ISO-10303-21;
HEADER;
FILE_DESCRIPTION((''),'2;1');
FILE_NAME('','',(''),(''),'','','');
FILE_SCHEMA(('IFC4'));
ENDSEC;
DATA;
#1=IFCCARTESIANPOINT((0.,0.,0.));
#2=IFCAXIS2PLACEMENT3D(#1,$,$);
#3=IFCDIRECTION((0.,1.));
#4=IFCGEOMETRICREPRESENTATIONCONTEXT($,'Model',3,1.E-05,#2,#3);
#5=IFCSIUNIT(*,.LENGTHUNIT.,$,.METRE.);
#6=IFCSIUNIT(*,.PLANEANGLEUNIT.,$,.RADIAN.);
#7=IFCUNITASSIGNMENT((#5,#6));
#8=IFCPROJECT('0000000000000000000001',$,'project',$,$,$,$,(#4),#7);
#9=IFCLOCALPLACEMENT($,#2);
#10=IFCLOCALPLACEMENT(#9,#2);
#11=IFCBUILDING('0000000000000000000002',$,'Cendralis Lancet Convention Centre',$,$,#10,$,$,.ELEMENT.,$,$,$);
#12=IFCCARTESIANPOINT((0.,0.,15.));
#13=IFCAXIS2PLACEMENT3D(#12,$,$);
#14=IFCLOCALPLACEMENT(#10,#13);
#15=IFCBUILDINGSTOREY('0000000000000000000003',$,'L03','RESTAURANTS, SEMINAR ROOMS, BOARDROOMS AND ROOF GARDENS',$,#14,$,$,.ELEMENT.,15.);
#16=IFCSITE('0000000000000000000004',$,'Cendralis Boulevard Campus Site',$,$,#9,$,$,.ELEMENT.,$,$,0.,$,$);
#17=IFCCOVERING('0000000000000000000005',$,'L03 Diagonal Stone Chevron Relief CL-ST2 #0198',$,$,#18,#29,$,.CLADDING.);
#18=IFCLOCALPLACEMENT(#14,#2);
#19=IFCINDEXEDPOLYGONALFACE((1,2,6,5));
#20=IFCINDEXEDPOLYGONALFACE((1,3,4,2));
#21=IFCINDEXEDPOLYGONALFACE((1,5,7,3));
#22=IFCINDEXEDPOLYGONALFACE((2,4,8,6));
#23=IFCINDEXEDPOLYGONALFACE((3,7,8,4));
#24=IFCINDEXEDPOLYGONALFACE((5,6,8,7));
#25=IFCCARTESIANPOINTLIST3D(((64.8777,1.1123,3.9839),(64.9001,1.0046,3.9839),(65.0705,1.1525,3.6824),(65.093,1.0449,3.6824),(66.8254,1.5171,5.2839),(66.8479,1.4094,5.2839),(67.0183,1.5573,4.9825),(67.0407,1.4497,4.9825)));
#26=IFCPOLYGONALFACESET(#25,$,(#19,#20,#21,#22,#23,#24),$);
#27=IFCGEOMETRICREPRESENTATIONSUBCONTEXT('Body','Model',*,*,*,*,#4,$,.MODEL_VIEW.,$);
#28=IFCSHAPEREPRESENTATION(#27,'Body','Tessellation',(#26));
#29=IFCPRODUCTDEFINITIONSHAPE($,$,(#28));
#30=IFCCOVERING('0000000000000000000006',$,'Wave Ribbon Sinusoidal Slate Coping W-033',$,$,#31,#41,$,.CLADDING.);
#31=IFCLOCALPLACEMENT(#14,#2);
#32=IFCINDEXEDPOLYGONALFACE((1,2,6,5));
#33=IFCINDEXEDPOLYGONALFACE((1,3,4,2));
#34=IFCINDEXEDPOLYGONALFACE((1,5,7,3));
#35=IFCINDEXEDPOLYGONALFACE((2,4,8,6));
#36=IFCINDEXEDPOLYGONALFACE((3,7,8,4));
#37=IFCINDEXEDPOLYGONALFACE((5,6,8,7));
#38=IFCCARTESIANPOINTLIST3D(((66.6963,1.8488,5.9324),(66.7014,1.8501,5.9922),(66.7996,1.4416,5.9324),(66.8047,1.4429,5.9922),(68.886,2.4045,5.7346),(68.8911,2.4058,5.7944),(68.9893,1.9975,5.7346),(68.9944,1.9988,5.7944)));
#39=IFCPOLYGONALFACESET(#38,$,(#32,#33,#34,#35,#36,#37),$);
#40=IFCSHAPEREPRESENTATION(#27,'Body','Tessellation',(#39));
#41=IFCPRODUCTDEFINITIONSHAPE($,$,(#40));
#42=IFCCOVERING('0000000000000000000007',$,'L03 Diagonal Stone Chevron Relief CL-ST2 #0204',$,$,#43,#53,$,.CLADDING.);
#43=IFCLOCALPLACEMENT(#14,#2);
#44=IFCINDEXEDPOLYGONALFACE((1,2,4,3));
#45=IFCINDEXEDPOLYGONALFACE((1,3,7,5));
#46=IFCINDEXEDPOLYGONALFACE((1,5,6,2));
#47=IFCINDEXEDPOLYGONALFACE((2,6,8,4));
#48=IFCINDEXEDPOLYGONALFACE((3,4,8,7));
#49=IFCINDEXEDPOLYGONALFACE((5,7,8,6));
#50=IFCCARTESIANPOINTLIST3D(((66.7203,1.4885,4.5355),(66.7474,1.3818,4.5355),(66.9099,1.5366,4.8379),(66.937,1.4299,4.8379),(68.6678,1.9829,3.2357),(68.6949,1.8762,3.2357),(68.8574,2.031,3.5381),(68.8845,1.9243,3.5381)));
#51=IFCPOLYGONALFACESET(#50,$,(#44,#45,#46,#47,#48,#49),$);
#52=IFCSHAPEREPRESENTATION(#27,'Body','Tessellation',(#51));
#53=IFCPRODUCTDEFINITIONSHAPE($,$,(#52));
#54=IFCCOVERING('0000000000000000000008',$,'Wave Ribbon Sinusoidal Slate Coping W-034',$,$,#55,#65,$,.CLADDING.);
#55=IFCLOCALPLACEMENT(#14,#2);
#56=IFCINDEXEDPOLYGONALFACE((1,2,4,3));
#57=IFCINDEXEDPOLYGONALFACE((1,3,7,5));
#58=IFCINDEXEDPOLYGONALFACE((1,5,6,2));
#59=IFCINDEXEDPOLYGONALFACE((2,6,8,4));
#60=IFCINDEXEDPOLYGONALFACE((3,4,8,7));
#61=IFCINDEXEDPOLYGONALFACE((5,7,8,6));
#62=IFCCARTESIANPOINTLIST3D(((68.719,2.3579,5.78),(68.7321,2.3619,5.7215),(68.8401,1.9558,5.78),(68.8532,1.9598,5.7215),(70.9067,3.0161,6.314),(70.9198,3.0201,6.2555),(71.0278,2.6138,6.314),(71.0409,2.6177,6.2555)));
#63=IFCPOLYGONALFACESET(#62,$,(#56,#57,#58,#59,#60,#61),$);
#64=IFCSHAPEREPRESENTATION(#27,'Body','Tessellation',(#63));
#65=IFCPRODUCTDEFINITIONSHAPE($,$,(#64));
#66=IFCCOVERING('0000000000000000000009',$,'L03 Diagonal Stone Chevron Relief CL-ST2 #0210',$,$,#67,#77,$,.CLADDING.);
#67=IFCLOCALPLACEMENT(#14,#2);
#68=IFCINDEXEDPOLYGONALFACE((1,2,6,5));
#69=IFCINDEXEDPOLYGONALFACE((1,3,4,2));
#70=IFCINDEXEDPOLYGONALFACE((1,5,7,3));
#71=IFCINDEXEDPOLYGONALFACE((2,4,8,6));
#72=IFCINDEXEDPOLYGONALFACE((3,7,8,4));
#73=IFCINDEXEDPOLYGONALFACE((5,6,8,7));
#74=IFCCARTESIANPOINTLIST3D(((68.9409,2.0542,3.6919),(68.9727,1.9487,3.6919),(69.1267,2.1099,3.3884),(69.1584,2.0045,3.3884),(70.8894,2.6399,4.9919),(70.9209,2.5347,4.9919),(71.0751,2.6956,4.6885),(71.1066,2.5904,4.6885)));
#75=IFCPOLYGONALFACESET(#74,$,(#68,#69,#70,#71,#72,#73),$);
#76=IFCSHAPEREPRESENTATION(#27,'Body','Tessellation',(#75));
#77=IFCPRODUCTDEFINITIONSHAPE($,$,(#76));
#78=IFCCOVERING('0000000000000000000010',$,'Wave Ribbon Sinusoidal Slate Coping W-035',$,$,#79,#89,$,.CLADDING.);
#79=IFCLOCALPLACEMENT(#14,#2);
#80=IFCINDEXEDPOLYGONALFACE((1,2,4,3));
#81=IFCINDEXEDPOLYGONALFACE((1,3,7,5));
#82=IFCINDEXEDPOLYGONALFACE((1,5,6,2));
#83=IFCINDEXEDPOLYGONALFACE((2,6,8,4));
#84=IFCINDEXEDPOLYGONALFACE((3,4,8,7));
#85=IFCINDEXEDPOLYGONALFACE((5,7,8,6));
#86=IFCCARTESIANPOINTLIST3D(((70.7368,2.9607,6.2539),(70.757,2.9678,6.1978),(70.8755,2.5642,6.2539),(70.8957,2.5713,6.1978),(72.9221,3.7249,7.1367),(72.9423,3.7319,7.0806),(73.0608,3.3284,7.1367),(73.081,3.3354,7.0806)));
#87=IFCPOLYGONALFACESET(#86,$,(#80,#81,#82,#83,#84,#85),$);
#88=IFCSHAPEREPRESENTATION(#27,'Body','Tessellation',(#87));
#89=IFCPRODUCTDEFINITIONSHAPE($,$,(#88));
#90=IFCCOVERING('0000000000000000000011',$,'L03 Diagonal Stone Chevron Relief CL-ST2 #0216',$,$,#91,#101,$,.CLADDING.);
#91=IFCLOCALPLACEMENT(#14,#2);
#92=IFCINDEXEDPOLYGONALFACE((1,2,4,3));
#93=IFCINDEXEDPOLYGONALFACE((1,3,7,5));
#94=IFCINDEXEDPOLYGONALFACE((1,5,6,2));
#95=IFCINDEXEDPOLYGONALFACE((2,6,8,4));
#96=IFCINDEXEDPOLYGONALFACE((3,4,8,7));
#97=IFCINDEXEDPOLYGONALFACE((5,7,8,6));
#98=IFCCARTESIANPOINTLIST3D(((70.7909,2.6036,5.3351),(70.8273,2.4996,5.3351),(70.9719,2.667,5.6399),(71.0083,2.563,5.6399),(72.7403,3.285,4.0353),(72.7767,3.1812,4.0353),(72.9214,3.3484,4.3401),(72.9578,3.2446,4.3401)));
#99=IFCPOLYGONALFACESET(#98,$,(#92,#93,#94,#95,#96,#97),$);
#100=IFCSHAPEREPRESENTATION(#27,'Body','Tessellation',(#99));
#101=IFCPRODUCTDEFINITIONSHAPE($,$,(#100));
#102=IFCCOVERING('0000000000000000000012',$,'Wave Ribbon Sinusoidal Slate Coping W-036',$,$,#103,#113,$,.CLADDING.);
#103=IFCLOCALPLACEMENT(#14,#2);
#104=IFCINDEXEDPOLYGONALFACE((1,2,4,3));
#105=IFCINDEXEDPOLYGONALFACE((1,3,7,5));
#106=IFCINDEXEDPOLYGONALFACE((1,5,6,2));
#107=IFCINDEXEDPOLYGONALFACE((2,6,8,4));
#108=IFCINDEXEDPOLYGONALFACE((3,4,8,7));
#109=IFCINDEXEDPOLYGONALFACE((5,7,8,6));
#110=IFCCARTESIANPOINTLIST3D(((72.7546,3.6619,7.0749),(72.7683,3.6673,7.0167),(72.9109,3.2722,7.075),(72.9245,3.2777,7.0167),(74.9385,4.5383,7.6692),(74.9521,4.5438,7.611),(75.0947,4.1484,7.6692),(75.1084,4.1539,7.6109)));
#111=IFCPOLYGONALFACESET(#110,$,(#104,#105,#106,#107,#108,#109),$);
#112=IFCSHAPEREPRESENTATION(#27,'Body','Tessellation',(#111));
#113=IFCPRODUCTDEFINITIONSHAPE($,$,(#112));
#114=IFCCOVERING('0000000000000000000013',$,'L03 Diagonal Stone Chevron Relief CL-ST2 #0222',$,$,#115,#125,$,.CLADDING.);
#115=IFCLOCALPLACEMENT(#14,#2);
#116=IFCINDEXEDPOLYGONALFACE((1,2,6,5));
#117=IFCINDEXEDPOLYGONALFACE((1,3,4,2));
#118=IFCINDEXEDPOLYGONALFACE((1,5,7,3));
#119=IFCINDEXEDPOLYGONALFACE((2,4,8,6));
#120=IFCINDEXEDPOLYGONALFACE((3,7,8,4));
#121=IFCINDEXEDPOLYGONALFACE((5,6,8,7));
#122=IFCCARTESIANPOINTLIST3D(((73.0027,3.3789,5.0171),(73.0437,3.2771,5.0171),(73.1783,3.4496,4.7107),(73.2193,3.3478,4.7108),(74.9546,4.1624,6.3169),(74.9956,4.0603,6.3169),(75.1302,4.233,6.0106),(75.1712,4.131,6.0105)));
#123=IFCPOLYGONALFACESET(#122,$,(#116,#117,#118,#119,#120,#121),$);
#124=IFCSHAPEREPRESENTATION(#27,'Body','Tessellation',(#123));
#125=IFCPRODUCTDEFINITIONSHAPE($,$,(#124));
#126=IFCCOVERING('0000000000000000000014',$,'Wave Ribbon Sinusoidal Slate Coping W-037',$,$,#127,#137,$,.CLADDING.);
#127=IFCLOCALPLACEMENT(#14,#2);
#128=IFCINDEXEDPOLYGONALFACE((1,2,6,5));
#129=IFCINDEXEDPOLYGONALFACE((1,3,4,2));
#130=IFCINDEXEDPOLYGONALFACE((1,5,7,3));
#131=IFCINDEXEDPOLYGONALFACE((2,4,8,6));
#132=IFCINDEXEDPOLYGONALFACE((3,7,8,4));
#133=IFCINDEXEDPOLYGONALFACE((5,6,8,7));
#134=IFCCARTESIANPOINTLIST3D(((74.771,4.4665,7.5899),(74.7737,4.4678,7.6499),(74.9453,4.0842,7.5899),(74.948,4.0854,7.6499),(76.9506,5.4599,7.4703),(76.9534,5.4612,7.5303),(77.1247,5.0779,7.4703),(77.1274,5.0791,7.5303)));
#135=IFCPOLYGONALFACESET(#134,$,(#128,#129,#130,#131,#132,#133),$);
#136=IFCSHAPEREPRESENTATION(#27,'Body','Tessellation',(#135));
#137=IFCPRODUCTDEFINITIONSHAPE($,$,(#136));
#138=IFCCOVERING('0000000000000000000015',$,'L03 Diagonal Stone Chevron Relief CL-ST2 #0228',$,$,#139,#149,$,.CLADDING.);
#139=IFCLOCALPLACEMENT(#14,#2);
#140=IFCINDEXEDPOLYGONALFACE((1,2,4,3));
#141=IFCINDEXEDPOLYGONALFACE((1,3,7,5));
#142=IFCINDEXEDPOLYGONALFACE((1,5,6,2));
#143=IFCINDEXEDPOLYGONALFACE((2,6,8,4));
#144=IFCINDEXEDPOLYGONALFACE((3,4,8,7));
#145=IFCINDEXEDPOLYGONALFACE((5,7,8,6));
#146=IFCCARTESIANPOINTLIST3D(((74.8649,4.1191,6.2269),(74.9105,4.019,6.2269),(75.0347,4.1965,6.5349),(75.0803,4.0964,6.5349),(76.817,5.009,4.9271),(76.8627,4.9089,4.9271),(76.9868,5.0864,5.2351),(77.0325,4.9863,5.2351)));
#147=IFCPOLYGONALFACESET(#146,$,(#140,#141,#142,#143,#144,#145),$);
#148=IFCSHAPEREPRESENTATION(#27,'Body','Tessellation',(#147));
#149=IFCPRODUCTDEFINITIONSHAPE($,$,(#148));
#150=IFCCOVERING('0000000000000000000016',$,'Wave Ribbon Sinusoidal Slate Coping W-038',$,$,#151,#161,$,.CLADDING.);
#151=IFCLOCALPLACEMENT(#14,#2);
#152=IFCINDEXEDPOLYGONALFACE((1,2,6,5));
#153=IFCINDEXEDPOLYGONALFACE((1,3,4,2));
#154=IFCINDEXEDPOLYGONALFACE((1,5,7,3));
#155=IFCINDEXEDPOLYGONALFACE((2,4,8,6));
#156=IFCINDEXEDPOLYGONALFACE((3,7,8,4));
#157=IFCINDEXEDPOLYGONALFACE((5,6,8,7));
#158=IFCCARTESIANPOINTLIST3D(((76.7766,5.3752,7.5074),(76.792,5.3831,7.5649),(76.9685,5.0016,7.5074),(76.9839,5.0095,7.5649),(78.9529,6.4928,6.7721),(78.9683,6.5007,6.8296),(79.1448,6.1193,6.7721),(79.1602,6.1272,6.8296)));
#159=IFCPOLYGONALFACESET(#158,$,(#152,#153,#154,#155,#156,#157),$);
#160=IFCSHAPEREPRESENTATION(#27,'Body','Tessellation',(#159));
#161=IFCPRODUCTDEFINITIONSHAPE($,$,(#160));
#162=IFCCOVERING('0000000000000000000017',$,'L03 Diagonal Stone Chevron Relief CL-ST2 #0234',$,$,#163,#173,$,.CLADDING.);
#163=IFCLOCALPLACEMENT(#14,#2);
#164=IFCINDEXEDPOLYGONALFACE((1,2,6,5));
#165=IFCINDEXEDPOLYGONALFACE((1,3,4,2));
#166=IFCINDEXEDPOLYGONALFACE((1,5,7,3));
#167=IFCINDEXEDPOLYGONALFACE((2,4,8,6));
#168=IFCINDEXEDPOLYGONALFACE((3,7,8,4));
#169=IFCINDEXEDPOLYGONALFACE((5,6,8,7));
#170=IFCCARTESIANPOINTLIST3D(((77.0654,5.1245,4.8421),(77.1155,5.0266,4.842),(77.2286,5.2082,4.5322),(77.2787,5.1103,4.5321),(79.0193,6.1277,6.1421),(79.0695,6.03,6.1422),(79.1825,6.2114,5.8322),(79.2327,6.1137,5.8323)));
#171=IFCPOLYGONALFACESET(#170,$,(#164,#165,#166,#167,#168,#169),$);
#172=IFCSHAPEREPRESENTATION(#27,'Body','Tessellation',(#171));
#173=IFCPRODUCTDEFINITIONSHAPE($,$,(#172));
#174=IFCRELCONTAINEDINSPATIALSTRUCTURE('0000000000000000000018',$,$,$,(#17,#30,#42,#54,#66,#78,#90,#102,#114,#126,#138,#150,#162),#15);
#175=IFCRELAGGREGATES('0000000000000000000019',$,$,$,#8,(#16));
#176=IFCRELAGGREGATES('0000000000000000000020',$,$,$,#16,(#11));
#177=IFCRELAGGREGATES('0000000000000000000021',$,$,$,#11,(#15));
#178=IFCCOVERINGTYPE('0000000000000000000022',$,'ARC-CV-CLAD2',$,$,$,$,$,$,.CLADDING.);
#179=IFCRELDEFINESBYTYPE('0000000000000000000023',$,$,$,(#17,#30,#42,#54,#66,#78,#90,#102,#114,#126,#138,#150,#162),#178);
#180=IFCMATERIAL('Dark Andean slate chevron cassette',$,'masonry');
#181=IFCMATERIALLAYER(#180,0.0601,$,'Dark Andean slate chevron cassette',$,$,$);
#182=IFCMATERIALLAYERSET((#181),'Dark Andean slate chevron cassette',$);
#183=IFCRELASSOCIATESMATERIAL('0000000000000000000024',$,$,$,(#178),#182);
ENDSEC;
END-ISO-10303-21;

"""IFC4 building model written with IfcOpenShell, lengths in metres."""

from ifc_helpers import new_model, si_unit, direction, frame, origin, place, context, subcontext, project, spatial, polyline, outline, extrude, material, layer, layer_set, type_object, element, save


model = new_model("IFC4")

# Units and contexts
model_context = context("Model", 3, precision=1e-05, world=origin(), true_north=direction((0.0, 1.0)))
body_context = subcontext(model_context, "Body", "Model", "MODEL_VIEW")
ifc_project = project(units=[si_unit("LENGTHUNIT", "METRE"), si_unit("PLANEANGLEUNIT", "RADIAN")], contexts=[model_context])

# Site, building, storey
site_placement = place(None, origin())
site = spatial("IfcSite", under=ifc_project, at=site_placement, Name="Cendralis Boulevard Campus Site", CompositionType="ELEMENT", RefElevation=0.0)
building_placement = place(site_placement, origin())
building = spatial("IfcBuilding", under=site, at=building_placement, Name="Cendralis Lancet Convention Centre", CompositionType="ELEMENT")
storey_placement = place(building_placement, frame((0.0, 0.0, 15.0)))
storey = spatial("IfcBuildingStorey", under=building, at=storey_placement, Name="L03", Description="RESTAURANTS, SEMINAR ROOMS, BOARDROOMS AND ROOF GARDENS", CompositionType="ELEMENT", Elevation=15.0)

# Shared definitions
ifc_material_1 = material(Name="Dark Andean slate chevron cassette", Category="masonry")

# Coverings
ifc_layer_1 = layer(ifc_material_1, 0.0601, Name="Dark Andean slate chevron cassette")
ifc_layer_set_1 = layer_set([ifc_layer_1], Name="Dark Andean slate chevron cassette")
covering_type_1 = type_object("IfcCoveringType", Name="ARC-CV-CLAD2", PredefinedType="CLADDING", material=ifc_layer_set_1)
covering_1_placement = place(storey_placement, frame((64.9001, 1.0046, 3.9839), z_axis=(-0.535516, -0.111718, 0.837103), x_axis=(0.819591, 0.170329, 0.547045)))
element("IfcCovering", 1, at=covering_1_placement, inside=storey, type_object=covering_type_1, Name="L03 Diagonal Stone Chevron Relief CL-ST2 #0198", PredefinedType="CLADDING", context=body_context, shape_type="SweptSolid", body=[
    extrude(outline(polyline([(0.0, 0.0), (2.3765, 0.0), (2.3764, 0.11), (-0.0001, 0.11), (0.0, 0.0)])), origin(), (0.0, 0.0, -1.0), 0.3601),
])
covering_2_placement = place(storey_placement, frame((66.8047, 1.4429, 5.9922), z_axis=(0.084525, 0.021442, 0.996191), x_axis=(0.96556, 0.245131, -0.087202)))
element("IfcCovering", 2, at=covering_2_placement, inside=storey, type_object=covering_type_1, Name="Wave Ribbon Sinusoidal Slate Coping W-033", PredefinedType="CLADDING", context=body_context, shape_type="SweptSolid", body=[
    extrude(outline(polyline([(0.0, 0.0), (2.2678, 0.0), (2.2678, 0.4199), (0.0001, 0.4201), (0.0, 0.0)])), origin(), (0.0, 0.0, -1.0), 0.0601),
])
covering_3_placement = place(storey_placement, frame((66.937, 1.4299, 4.8379), z_axis=(0.52644, 0.133718, 0.839631), x_axis=(0.813818, 0.206592, -0.543157)))
element("IfcCovering", 3, at=covering_3_placement, inside=storey, type_object=covering_type_1, Name="L03 Diagonal Stone Chevron Relief CL-ST2 #0204", PredefinedType="CLADDING", context=body_context, shape_type="SweptSolid", body=[
    extrude(outline(polyline([(0.0, 0.0), (2.3931, 0.0), (2.393, 0.1101), (0.0, 0.1101), (0.0, 0.0)])), origin(), (0.0, 0.0, -1.0), 0.3601),
])
covering_4_placement = place(storey_placement, frame((68.8401, 1.9558, 5.78), z_axis=(-0.217919, -0.065607, 0.973759), x_axis=(0.9325, 0.280447, 0.22758)))
element("IfcCovering", 4, at=covering_4_placement, inside=storey, type_object=covering_type_1, Name="Wave Ribbon Sinusoidal Slate Coping W-034", PredefinedType="CLADDING", context=body_context, shape_type="SweptSolid", body=[
    extrude(outline(polyline([(0.0, 0.0), (2.3461, 0.0), (2.346, 0.4202), (-0.0002, 0.4199), (0.0, 0.0)])), origin(), (0.0, 0.0, -1.0), 0.0601),
])
covering_5_placement = place(storey_placement, frame((68.9727, 1.9487, 3.6919), z_axis=(-0.515727, -0.154778, 0.842656), x_axis=(0.806951, 0.242692, 0.538452)))
element("IfcCovering", 5, at=covering_5_placement, inside=storey, type_object=covering_type_1, Name="L03 Diagonal Stone Chevron Relief CL-ST2 #0210", PredefinedType="CLADDING", context=body_context, shape_type="SweptSolid", body=[
    extrude(outline(polyline([(0.0, 0.0), (2.4144, 0.0), (2.4145, 0.1098), (0.0, 0.1101), (0.0, 0.0)])), origin(), (0.0, 0.0, -1.0), 0.3601),
])
covering_6_placement = place(storey_placement, frame((70.8755, 2.5642, 6.2539), z_axis=(-0.33633, -0.117633, 0.934369), x_axis=(0.881999, 0.308419, 0.356308)))
element("IfcCovering", 6, at=covering_6_placement, inside=storey, type_object=covering_type_1, Name="Wave Ribbon Sinusoidal Slate Coping W-035", PredefinedType="CLADDING", context=body_context, shape_type="SweptSolid", body=[
    extrude(outline(polyline([(0.0, 0.0), (2.4777, 0.0), (2.4776, 0.42), (0.0, 0.42), (0.0, 0.0)])), origin(), (0.0, 0.0, -1.0), 0.0601),
])
covering_7_placement = place(storey_placement, frame((71.0083, 2.563, 5.6399), z_axis=(0.50274, 0.176048, 0.846321), x_axis=(0.798893, 0.279338, -0.532673)))
element("IfcCovering", 7, at=covering_7_placement, inside=storey, type_object=covering_type_1, Name="L03 Diagonal Stone Chevron Relief CL-ST2 #0216", PredefinedType="CLADDING", context=body_context, shape_type="SweptSolid", body=[
    extrude(outline(polyline([(0.0, 0.0), (2.4402, 0.0), (2.4401, 0.11), (0.0, 0.1102), (0.0, 0.0)])), origin(), (0.0, 0.0, -1.0), 0.3601),
])
covering_8_placement = place(storey_placement, frame((72.9109, 3.2722, 7.075), z_axis=(-0.227266, -0.091106, 0.969562), x_axis=(0.899833, 0.36104, 0.244847)))
element("IfcCovering", 8, at=covering_8_placement, inside=storey, type_object=covering_type_1, Name="Wave Ribbon Sinusoidal Slate Coping W-036", PredefinedType="CLADDING", context=body_context, shape_type="SweptSolid", body=[
    extrude(outline(polyline([(0.0, 0.0), (2.4269, 0.0), (2.4271, 0.42), (0.0001, 0.4198), (0.0, 0.0)])), origin(), (0.0, 0.0, -1.0), 0.0601),
])
covering_9_placement = place(storey_placement, frame((73.0437, 3.2771, 5.0171), z_axis=(-0.48771, -0.196252, 0.850661), x_axis=(0.789478, 0.316779, 0.525715)))
element("IfcCovering", 9, at=covering_9_placement, inside=storey, type_object=covering_type_1, Name="L03 Diagonal Stone Chevron Relief CL-ST2 #0222", PredefinedType="CLADDING", context=body_context, shape_type="SweptSolid", body=[
    extrude(outline(polyline([(0.0, 0.0), (2.4724, 0.0), (2.4724, 0.11), (-0.0001, 0.1098), (0.0, 0.0)])), origin(), (0.0, 0.0, -1.0), 0.3601),
])
covering_10_placement = place(storey_placement, frame((74.948, 4.0854, 7.6499), z_axis=(0.045389, 0.020687, 0.998755), x_axis=(0.908762, 0.414323, -0.04988)))
element("IfcCovering", 10, at=covering_10_placement, inside=storey, type_object=covering_type_1, Name="Wave Ribbon Sinusoidal Slate Coping W-037", PredefinedType="CLADDING", context=body_context, shape_type="SweptSolid", body=[
    extrude(outline(polyline([(0.0, 0.0), (2.3983, 0.0), (2.3984, 0.4199), (0.0, 0.4202), (0.0, 0.0)])), origin(), (0.0, 0.0, -1.0), 0.0601),
])
covering_11_placement = place(storey_placement, frame((75.0803, 4.0964, 6.5349), z_axis=(0.47145, 0.215027, 0.855276), x_axis=(0.778231, 0.354759, -0.518172)))
element("IfcCovering", 11, at=covering_11_placement, inside=storey, type_object=covering_type_1, Name="L03 Diagonal Stone Chevron Relief CL-ST2 #0228", PredefinedType="CLADDING", context=body_context, shape_type="SweptSolid", body=[
    extrude(outline(polyline([(0.0, 0.0), (2.5084, 0.0), (2.5084, 0.11), (0.0, 0.11), (0.0, 0.0)])), origin(), (0.0, 0.0, -1.0), 0.3601),
])
covering_12_placement = place(storey_placement, frame((76.9839, 5.0095, 7.5649), z_axis=(0.256041, 0.131535, 0.957675), x_axis=(0.851895, 0.437511, -0.287851)))
element("IfcCovering", 12, at=covering_12_placement, inside=storey, type_object=covering_type_1, Name="Wave Ribbon Sinusoidal Slate Coping W-038", PredefinedType="CLADDING", context=body_context, shape_type="SweptSolid", body=[
    extrude(outline(polyline([(0.0, 0.0), (2.5546, 0.0), (2.5546, 0.4199), (0.0, 0.4199), (0.0, 0.0)])), origin(), (0.0, 0.0, -1.0), 0.0601),
])
covering_13_placement = place(storey_placement, frame((77.1155, 5.0266, 4.842), z_axis=(-0.453169, -0.232525, 0.860564), x_axis=(0.765535, 0.393097, 0.509343)))
element("IfcCovering", 13, at=covering_13_placement, inside=storey, type_object=covering_type_1, Name="L03 Diagonal Stone Chevron Relief CL-ST2 #0234", PredefinedType="CLADDING", context=body_context, shape_type="SweptSolid", body=[
    extrude(outline(polyline([(0.0, 0.0), (2.5525, 0.0), (2.5524, 0.1098), (0.0002, 0.11), (0.0, 0.0)])), origin(), (0.0, 0.0, -1.0), 0.3601),
])

save(model, "model.ifc")
